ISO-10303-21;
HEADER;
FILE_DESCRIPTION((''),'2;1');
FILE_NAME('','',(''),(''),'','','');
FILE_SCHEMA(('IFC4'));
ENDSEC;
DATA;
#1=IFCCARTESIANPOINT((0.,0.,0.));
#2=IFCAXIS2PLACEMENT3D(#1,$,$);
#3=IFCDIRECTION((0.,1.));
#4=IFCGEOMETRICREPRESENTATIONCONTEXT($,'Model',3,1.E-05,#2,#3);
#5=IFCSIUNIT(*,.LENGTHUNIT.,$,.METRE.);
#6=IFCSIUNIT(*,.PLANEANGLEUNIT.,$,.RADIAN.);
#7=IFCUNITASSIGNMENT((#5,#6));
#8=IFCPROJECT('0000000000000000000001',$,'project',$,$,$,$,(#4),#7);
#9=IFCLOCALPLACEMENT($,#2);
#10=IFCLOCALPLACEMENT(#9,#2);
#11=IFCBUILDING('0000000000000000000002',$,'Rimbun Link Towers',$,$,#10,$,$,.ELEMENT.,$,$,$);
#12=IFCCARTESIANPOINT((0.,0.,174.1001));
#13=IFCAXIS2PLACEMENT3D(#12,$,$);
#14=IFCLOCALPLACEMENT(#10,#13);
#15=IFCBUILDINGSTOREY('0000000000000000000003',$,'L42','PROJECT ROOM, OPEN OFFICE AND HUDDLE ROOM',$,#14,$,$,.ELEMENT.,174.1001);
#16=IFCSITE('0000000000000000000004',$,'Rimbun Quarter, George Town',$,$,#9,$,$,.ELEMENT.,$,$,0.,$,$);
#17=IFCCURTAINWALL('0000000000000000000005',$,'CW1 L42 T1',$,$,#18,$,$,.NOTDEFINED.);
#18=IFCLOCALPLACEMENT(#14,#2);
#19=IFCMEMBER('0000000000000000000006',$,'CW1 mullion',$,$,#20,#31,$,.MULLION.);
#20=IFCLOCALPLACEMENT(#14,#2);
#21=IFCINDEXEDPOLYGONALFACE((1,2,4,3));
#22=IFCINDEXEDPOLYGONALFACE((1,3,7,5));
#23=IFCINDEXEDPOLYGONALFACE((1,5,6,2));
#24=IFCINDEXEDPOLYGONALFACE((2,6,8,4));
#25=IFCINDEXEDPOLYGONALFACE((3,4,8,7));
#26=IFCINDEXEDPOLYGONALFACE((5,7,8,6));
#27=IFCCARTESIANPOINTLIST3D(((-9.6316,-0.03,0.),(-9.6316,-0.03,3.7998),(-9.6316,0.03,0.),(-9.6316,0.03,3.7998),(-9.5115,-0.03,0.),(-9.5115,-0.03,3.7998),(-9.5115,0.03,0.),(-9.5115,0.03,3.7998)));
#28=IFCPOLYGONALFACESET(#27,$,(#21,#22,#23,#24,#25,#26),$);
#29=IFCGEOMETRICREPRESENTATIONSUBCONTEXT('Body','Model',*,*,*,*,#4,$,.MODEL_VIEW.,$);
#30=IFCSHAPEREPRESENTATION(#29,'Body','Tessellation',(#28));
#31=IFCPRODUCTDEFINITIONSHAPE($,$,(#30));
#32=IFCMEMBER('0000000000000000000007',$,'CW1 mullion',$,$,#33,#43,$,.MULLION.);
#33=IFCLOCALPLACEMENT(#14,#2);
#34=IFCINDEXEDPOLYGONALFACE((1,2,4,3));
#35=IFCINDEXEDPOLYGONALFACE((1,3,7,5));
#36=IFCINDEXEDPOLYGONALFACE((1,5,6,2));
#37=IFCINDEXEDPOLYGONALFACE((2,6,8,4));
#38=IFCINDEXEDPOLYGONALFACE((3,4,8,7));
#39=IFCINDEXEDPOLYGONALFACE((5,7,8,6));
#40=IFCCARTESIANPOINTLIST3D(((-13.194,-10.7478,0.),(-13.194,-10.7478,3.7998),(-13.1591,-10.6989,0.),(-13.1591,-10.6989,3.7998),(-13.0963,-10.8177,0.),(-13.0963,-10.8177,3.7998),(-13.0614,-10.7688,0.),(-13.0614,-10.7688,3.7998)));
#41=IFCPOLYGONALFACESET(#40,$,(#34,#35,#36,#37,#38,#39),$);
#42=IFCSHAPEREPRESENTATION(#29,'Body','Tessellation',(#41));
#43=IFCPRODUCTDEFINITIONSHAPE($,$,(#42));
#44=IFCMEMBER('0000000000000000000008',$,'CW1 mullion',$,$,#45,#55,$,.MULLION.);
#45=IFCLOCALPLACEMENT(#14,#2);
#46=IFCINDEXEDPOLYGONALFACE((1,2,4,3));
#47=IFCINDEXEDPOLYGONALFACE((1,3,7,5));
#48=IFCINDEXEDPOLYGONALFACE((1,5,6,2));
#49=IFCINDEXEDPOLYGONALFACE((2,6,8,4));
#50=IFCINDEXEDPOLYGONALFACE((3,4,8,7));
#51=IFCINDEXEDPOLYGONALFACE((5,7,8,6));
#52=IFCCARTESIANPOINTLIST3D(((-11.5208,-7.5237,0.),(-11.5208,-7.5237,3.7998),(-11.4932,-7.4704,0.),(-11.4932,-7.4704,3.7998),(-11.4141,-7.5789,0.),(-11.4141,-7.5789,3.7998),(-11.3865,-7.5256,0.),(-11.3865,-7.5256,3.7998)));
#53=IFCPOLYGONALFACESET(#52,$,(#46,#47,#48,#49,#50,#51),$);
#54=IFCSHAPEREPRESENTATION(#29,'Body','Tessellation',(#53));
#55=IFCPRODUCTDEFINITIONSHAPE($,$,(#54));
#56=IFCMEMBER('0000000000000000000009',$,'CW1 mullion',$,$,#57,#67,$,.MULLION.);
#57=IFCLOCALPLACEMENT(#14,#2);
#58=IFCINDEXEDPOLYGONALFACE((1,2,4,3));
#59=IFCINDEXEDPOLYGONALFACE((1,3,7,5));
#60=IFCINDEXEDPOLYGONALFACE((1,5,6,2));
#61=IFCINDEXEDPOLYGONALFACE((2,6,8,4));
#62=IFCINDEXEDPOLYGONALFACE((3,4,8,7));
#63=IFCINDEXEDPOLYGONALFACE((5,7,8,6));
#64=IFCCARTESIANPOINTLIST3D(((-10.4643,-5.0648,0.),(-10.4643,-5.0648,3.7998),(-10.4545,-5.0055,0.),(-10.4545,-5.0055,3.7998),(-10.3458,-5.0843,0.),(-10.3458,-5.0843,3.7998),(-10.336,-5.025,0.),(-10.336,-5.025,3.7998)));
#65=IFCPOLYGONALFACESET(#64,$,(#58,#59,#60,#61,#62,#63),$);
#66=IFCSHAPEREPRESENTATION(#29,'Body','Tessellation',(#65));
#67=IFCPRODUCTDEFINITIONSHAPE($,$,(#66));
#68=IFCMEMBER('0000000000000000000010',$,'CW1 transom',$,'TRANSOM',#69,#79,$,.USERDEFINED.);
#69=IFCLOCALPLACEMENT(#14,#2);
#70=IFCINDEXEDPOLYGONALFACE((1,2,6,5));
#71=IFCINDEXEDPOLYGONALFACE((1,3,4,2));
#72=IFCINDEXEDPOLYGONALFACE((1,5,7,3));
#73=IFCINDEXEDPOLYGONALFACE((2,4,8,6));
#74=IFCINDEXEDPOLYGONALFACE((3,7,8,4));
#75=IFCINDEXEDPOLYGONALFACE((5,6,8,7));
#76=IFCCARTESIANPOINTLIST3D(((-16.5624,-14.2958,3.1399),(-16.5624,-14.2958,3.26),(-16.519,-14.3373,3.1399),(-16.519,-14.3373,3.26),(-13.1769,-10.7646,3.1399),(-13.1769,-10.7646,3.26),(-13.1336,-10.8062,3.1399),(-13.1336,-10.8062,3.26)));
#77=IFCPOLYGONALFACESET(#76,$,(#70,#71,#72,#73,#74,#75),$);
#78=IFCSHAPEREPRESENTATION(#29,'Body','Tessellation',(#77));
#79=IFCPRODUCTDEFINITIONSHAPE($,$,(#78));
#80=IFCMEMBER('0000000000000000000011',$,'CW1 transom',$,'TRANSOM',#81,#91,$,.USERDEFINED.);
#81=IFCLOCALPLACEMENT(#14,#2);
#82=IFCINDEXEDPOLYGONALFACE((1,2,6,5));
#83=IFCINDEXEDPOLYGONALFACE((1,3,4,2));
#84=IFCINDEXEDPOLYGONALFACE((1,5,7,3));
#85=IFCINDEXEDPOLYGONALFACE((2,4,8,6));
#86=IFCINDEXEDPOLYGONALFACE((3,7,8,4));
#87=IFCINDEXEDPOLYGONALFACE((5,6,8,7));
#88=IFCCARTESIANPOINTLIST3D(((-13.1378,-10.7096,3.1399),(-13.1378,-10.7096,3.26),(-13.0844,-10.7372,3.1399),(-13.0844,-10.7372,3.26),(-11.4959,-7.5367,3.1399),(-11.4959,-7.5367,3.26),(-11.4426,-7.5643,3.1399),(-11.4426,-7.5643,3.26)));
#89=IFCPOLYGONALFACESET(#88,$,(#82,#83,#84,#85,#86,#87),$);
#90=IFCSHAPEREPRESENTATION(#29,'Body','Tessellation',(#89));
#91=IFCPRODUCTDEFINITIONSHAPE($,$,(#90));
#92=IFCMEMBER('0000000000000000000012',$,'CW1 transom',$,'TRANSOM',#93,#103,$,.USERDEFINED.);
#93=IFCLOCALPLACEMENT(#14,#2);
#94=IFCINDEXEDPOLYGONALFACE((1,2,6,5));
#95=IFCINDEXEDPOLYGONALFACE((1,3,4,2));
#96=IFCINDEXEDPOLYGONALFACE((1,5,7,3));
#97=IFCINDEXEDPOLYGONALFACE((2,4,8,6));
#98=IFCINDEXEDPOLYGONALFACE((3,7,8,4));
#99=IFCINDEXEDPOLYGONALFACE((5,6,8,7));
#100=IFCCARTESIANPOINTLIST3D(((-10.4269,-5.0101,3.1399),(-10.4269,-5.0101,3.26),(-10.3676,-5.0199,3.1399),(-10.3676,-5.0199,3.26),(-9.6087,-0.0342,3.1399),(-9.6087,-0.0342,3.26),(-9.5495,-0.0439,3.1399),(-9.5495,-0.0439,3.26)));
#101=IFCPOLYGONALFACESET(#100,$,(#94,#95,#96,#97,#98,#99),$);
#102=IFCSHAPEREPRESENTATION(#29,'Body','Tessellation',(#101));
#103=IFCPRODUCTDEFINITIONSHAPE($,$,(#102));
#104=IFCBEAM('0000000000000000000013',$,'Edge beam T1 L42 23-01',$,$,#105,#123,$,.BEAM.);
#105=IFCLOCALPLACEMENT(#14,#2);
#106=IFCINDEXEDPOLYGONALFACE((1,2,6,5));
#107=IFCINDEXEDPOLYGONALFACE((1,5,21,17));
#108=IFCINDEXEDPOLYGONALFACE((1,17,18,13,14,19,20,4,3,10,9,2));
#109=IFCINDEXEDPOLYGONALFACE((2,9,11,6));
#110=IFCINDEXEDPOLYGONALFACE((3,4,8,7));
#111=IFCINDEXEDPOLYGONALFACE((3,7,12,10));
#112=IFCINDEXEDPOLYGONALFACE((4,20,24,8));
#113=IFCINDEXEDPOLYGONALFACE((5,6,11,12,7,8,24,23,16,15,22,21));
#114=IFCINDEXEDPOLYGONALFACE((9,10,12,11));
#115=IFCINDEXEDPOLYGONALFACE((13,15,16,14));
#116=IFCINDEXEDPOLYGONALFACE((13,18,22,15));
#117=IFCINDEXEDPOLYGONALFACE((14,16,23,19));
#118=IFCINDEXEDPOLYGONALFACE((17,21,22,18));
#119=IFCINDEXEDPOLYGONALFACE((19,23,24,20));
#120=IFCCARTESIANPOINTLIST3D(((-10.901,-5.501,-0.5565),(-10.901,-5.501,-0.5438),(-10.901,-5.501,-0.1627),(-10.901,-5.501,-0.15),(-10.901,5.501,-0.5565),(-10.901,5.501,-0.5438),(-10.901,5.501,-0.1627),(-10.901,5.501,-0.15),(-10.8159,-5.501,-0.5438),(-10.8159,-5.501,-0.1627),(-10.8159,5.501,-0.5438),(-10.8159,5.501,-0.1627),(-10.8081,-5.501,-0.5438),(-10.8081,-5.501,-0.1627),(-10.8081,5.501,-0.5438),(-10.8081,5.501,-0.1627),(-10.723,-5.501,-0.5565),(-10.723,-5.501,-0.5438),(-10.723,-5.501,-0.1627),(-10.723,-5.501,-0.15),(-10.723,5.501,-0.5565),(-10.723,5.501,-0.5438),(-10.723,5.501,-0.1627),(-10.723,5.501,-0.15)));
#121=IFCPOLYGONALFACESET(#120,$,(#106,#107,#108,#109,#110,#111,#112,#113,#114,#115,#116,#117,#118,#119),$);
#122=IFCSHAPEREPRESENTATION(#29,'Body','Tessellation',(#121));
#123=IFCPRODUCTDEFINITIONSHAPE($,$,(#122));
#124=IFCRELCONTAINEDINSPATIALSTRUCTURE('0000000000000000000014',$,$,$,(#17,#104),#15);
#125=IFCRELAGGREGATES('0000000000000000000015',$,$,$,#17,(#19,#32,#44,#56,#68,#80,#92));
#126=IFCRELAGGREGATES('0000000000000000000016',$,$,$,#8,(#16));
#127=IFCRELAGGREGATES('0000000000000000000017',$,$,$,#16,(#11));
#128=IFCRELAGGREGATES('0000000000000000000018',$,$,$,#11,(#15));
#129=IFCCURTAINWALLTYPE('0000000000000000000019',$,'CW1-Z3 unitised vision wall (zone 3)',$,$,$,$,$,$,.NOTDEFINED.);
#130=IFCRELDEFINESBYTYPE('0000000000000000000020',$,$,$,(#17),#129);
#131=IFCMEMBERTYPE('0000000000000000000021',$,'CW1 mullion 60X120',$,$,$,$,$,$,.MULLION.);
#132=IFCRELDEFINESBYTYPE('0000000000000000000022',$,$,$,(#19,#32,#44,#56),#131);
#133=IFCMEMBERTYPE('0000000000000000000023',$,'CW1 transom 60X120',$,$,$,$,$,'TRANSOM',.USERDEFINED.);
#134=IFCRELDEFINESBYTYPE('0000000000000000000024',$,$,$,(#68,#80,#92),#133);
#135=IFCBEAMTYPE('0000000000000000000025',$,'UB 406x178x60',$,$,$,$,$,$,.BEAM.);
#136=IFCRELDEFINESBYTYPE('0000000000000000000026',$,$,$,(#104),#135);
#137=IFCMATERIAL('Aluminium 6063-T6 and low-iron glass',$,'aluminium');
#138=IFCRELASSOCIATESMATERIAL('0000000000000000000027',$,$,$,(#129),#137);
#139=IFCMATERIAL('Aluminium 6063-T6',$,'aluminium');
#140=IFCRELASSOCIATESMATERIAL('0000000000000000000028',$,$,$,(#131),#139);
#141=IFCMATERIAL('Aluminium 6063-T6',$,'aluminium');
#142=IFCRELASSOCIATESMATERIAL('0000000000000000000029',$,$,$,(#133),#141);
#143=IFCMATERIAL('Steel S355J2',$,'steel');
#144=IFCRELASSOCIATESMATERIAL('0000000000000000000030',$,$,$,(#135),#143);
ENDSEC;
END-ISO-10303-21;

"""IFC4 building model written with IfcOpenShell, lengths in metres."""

from ifc_helpers import new_model, si_unit, direction, frame, origin, origin_2d, place, context, subcontext, project, spatial, rectangle, i_section, extrude, material, material_profile, profile_set, type_object, element, aggregate, save


model = new_model("IFC4")

# Units and contexts
model_context = context("Model", 3, precision=1e-05, world=origin(), true_north=direction((0.0, 1.0)))
body_context = subcontext(model_context, "Body", "Model", "MODEL_VIEW")
ifc_project = project(units=[si_unit("LENGTHUNIT", "METRE"), si_unit("PLANEANGLEUNIT", "RADIAN")], contexts=[model_context])

# Site, building, storey
site_placement = place(None, origin())
site = spatial("IfcSite", under=ifc_project, at=site_placement, Name="Rimbun Quarter, George Town", CompositionType="ELEMENT", RefElevation=0.0)
building_placement = place(site_placement, origin())
building = spatial("IfcBuilding", under=site, at=building_placement, Name="Rimbun Link Towers", CompositionType="ELEMENT")
storey_placement = place(building_placement, frame((0.0, 0.0, 174.1001)))
storey = spatial("IfcBuildingStorey", under=building, at=storey_placement, Name="L42", Description="PROJECT ROOM, OPEN OFFICE AND HUDDLE ROOM", CompositionType="ELEMENT", Elevation=174.1001)

# Curtain wall, members
ifc_material_1 = material(Name="Aluminium 6063-T6 and low-iron glass", Category="aluminium")
curtain_wall_type = type_object("IfcCurtainWallType", Name="CW1-Z3 unitised vision wall (zone 3)", PredefinedType="NOTDEFINED", material=ifc_material_1)
curtain_wall_placement = place(storey_placement, origin())
curtain_wall = element("IfcCurtainWall", 1, at=curtain_wall_placement, inside=storey, type_object=curtain_wall_type, Name="CW1 L42 T1", PredefinedType="NOTDEFINED")
ifc_material_2 = material(Name="Aluminium 6063-T6", Category="aluminium")
ifc_material_profile_1 = material_profile(ifc_material_2, rectangle(XDim=0.1201, YDim=0.0601, at=origin_2d()), Name="MULLION 60X120")
ifc_profile_set_1 = profile_set([ifc_material_profile_1], Name="Aluminium 6063-T6")
member_type_1 = type_object("IfcMemberType", Name="CW1 mullion 60X120", PredefinedType="MULLION", material=ifc_profile_set_1)
member_1_placement = place(storey_placement, frame((-9.5715, 0.0, 0.0), z_axis=(0.0, 0.0, 1.0), x_axis=(1.0, 0.0, 0.0)))
member_1 = element("IfcMember", 2, at=member_1_placement, type_object=member_type_1, Name="CW1 mullion", PredefinedType="MULLION", context=body_context, shape_type="SweptSolid", body=[
    extrude(rectangle(XDim=0.1201, YDim=0.0601, at=origin_2d()), origin(), (0.0, 0.0, 1.0), 3.7998),
])
member_2_placement = place(storey_placement, frame((-13.1277, -10.7583, 0.0), z_axis=(0.0, 0.0, 1.0), x_axis=(0.81335, -0.581775, 0.0)))
member_2 = element("IfcMember", 3, at=member_2_placement, type_object=member_type_1, Name="CW1 mullion", PredefinedType="MULLION", context=body_context, shape_type="SweptSolid", body=[
    extrude(rectangle(XDim=0.1201, YDim=0.0601, at=origin_2d()), origin(), (0.0, 0.0, 1.0), 3.7998),
])
member_3_placement = place(storey_placement, frame((-11.4536, -7.5247, 0.0), z_axis=(0.0, 0.0, 1.0), x_axis=(0.888147, -0.459559, 0.0)))
member_3 = element("IfcMember", 4, at=member_3_placement, type_object=member_type_1, Name="CW1 mullion", PredefinedType="MULLION", context=body_context, shape_type="SweptSolid", body=[
    extrude(rectangle(XDim=0.1201, YDim=0.0601, at=origin_2d()), origin(), (0.0, 0.0, 1.0), 3.7998),
])
member_4_placement = place(storey_placement, frame((-10.4001, -5.0449, 0.0), z_axis=(0.0, 0.0, 1.0), x_axis=(0.986749, -0.162253, 0.0)))
member_4 = element("IfcMember", 5, at=member_4_placement, type_object=member_type_1, Name="CW1 mullion", PredefinedType="MULLION", context=body_context, shape_type="SweptSolid", body=[
    extrude(rectangle(XDim=0.1201, YDim=0.0601, at=origin_2d()), origin(), (0.0, 0.0, 1.0), 3.7998),
])
ifc_material_3 = material(Name="Aluminium 6063-T6", Category="aluminium")
ifc_material_profile_2 = material_profile(ifc_material_3, rectangle(XDim=0.0601, YDim=0.1201, at=origin_2d()), Name="TRANSOM 60X120")
ifc_profile_set_2 = profile_set([ifc_material_profile_2], Name="Aluminium 6063-T6")
member_type_2 = type_object("IfcMemberType", Name="CW1 transom 60X120", ElementType="TRANSOM", PredefinedType="USERDEFINED", material=ifc_profile_set_2)
member_5_placement = place(storey_placement, frame((-13.1553, -10.7854, 3.2), z_axis=(-0.692053, -0.721847, 0.0), x_axis=(0.721847, -0.692053, 0.0)))
member_5 = element("IfcMember", 6, at=member_5_placement, type_object=member_type_2, Name="CW1 transom", ObjectType="TRANSOM", PredefinedType="USERDEFINED", context=body_context, shape_type="SweptSolid", body=[
    extrude(rectangle(XDim=0.0601, YDim=0.1201, at=origin_2d()), origin(), (0.0, 0.0, 1.0), 4.8918),
])
member_6_placement = place(storey_placement, frame((-11.4692, -7.5505, 3.2), z_axis=(-0.459581, -0.888136, 0.0), x_axis=(0.888136, -0.459581, 0.0)))
member_6 = element("IfcMember", 7, at=member_6_placement, type_object=member_type_2, Name="CW1 transom", ObjectType="TRANSOM", PredefinedType="USERDEFINED", context=body_context, shape_type="SweptSolid", body=[
    extrude(rectangle(XDim=0.0601, YDim=0.1201, at=origin_2d()), origin(), (0.0, 0.0, 1.0), 3.5725),
])
member_7_placement = place(storey_placement, frame((-9.5791, -0.0391, 3.2), z_axis=(-0.16224, -0.986751, 0.0), x_axis=(0.986751, -0.16224, 0.0)))
member_7 = element("IfcMember", 8, at=member_7_placement, type_object=member_type_2, Name="CW1 transom", ObjectType="TRANSOM", PredefinedType="USERDEFINED", context=body_context, shape_type="SweptSolid", body=[
    extrude(rectangle(XDim=0.0601, YDim=0.1201, at=origin_2d()), origin(), (0.0, 0.0, 1.0), 5.0427),
])

# Beam
ifc_material_4 = material(Name="Steel S355J2", Category="steel")
ifc_material_profile_3 = material_profile(ifc_material_4, i_section(OverallWidth=0.178, OverallDepth=0.4065, WebThickness=0.0078, FlangeThickness=0.0127, at=origin_2d()), Name="UB 406x178x60")
ifc_profile_set_3 = profile_set([ifc_material_profile_3], Name="Steel S355J2")
beam_type = type_object("IfcBeamType", Name="UB 406x178x60", PredefinedType="BEAM", material=ifc_profile_set_3)
beam_placement = place(storey_placement, frame((-10.812, -5.501, -0.3533), z_axis=(0.0, 1.0, 0.0), x_axis=(-1.0, 0.0, 0.0)))
element("IfcBeam", 9, at=beam_placement, inside=storey, type_object=beam_type, Name="Edge beam T1 L42 23-01", PredefinedType="BEAM", context=body_context, shape_type="SweptSolid", body=[
    extrude(i_section(OverallWidth=0.178, OverallDepth=0.4065, WebThickness=0.0078, FlangeThickness=0.0127, at=origin_2d()), origin(), (0.0, 0.0, 1.0), 11.002),
])

aggregate(curtain_wall, [member_1, member_2, member_3, member_4, member_5, member_6, member_7])

save(model, "model.ifc")
